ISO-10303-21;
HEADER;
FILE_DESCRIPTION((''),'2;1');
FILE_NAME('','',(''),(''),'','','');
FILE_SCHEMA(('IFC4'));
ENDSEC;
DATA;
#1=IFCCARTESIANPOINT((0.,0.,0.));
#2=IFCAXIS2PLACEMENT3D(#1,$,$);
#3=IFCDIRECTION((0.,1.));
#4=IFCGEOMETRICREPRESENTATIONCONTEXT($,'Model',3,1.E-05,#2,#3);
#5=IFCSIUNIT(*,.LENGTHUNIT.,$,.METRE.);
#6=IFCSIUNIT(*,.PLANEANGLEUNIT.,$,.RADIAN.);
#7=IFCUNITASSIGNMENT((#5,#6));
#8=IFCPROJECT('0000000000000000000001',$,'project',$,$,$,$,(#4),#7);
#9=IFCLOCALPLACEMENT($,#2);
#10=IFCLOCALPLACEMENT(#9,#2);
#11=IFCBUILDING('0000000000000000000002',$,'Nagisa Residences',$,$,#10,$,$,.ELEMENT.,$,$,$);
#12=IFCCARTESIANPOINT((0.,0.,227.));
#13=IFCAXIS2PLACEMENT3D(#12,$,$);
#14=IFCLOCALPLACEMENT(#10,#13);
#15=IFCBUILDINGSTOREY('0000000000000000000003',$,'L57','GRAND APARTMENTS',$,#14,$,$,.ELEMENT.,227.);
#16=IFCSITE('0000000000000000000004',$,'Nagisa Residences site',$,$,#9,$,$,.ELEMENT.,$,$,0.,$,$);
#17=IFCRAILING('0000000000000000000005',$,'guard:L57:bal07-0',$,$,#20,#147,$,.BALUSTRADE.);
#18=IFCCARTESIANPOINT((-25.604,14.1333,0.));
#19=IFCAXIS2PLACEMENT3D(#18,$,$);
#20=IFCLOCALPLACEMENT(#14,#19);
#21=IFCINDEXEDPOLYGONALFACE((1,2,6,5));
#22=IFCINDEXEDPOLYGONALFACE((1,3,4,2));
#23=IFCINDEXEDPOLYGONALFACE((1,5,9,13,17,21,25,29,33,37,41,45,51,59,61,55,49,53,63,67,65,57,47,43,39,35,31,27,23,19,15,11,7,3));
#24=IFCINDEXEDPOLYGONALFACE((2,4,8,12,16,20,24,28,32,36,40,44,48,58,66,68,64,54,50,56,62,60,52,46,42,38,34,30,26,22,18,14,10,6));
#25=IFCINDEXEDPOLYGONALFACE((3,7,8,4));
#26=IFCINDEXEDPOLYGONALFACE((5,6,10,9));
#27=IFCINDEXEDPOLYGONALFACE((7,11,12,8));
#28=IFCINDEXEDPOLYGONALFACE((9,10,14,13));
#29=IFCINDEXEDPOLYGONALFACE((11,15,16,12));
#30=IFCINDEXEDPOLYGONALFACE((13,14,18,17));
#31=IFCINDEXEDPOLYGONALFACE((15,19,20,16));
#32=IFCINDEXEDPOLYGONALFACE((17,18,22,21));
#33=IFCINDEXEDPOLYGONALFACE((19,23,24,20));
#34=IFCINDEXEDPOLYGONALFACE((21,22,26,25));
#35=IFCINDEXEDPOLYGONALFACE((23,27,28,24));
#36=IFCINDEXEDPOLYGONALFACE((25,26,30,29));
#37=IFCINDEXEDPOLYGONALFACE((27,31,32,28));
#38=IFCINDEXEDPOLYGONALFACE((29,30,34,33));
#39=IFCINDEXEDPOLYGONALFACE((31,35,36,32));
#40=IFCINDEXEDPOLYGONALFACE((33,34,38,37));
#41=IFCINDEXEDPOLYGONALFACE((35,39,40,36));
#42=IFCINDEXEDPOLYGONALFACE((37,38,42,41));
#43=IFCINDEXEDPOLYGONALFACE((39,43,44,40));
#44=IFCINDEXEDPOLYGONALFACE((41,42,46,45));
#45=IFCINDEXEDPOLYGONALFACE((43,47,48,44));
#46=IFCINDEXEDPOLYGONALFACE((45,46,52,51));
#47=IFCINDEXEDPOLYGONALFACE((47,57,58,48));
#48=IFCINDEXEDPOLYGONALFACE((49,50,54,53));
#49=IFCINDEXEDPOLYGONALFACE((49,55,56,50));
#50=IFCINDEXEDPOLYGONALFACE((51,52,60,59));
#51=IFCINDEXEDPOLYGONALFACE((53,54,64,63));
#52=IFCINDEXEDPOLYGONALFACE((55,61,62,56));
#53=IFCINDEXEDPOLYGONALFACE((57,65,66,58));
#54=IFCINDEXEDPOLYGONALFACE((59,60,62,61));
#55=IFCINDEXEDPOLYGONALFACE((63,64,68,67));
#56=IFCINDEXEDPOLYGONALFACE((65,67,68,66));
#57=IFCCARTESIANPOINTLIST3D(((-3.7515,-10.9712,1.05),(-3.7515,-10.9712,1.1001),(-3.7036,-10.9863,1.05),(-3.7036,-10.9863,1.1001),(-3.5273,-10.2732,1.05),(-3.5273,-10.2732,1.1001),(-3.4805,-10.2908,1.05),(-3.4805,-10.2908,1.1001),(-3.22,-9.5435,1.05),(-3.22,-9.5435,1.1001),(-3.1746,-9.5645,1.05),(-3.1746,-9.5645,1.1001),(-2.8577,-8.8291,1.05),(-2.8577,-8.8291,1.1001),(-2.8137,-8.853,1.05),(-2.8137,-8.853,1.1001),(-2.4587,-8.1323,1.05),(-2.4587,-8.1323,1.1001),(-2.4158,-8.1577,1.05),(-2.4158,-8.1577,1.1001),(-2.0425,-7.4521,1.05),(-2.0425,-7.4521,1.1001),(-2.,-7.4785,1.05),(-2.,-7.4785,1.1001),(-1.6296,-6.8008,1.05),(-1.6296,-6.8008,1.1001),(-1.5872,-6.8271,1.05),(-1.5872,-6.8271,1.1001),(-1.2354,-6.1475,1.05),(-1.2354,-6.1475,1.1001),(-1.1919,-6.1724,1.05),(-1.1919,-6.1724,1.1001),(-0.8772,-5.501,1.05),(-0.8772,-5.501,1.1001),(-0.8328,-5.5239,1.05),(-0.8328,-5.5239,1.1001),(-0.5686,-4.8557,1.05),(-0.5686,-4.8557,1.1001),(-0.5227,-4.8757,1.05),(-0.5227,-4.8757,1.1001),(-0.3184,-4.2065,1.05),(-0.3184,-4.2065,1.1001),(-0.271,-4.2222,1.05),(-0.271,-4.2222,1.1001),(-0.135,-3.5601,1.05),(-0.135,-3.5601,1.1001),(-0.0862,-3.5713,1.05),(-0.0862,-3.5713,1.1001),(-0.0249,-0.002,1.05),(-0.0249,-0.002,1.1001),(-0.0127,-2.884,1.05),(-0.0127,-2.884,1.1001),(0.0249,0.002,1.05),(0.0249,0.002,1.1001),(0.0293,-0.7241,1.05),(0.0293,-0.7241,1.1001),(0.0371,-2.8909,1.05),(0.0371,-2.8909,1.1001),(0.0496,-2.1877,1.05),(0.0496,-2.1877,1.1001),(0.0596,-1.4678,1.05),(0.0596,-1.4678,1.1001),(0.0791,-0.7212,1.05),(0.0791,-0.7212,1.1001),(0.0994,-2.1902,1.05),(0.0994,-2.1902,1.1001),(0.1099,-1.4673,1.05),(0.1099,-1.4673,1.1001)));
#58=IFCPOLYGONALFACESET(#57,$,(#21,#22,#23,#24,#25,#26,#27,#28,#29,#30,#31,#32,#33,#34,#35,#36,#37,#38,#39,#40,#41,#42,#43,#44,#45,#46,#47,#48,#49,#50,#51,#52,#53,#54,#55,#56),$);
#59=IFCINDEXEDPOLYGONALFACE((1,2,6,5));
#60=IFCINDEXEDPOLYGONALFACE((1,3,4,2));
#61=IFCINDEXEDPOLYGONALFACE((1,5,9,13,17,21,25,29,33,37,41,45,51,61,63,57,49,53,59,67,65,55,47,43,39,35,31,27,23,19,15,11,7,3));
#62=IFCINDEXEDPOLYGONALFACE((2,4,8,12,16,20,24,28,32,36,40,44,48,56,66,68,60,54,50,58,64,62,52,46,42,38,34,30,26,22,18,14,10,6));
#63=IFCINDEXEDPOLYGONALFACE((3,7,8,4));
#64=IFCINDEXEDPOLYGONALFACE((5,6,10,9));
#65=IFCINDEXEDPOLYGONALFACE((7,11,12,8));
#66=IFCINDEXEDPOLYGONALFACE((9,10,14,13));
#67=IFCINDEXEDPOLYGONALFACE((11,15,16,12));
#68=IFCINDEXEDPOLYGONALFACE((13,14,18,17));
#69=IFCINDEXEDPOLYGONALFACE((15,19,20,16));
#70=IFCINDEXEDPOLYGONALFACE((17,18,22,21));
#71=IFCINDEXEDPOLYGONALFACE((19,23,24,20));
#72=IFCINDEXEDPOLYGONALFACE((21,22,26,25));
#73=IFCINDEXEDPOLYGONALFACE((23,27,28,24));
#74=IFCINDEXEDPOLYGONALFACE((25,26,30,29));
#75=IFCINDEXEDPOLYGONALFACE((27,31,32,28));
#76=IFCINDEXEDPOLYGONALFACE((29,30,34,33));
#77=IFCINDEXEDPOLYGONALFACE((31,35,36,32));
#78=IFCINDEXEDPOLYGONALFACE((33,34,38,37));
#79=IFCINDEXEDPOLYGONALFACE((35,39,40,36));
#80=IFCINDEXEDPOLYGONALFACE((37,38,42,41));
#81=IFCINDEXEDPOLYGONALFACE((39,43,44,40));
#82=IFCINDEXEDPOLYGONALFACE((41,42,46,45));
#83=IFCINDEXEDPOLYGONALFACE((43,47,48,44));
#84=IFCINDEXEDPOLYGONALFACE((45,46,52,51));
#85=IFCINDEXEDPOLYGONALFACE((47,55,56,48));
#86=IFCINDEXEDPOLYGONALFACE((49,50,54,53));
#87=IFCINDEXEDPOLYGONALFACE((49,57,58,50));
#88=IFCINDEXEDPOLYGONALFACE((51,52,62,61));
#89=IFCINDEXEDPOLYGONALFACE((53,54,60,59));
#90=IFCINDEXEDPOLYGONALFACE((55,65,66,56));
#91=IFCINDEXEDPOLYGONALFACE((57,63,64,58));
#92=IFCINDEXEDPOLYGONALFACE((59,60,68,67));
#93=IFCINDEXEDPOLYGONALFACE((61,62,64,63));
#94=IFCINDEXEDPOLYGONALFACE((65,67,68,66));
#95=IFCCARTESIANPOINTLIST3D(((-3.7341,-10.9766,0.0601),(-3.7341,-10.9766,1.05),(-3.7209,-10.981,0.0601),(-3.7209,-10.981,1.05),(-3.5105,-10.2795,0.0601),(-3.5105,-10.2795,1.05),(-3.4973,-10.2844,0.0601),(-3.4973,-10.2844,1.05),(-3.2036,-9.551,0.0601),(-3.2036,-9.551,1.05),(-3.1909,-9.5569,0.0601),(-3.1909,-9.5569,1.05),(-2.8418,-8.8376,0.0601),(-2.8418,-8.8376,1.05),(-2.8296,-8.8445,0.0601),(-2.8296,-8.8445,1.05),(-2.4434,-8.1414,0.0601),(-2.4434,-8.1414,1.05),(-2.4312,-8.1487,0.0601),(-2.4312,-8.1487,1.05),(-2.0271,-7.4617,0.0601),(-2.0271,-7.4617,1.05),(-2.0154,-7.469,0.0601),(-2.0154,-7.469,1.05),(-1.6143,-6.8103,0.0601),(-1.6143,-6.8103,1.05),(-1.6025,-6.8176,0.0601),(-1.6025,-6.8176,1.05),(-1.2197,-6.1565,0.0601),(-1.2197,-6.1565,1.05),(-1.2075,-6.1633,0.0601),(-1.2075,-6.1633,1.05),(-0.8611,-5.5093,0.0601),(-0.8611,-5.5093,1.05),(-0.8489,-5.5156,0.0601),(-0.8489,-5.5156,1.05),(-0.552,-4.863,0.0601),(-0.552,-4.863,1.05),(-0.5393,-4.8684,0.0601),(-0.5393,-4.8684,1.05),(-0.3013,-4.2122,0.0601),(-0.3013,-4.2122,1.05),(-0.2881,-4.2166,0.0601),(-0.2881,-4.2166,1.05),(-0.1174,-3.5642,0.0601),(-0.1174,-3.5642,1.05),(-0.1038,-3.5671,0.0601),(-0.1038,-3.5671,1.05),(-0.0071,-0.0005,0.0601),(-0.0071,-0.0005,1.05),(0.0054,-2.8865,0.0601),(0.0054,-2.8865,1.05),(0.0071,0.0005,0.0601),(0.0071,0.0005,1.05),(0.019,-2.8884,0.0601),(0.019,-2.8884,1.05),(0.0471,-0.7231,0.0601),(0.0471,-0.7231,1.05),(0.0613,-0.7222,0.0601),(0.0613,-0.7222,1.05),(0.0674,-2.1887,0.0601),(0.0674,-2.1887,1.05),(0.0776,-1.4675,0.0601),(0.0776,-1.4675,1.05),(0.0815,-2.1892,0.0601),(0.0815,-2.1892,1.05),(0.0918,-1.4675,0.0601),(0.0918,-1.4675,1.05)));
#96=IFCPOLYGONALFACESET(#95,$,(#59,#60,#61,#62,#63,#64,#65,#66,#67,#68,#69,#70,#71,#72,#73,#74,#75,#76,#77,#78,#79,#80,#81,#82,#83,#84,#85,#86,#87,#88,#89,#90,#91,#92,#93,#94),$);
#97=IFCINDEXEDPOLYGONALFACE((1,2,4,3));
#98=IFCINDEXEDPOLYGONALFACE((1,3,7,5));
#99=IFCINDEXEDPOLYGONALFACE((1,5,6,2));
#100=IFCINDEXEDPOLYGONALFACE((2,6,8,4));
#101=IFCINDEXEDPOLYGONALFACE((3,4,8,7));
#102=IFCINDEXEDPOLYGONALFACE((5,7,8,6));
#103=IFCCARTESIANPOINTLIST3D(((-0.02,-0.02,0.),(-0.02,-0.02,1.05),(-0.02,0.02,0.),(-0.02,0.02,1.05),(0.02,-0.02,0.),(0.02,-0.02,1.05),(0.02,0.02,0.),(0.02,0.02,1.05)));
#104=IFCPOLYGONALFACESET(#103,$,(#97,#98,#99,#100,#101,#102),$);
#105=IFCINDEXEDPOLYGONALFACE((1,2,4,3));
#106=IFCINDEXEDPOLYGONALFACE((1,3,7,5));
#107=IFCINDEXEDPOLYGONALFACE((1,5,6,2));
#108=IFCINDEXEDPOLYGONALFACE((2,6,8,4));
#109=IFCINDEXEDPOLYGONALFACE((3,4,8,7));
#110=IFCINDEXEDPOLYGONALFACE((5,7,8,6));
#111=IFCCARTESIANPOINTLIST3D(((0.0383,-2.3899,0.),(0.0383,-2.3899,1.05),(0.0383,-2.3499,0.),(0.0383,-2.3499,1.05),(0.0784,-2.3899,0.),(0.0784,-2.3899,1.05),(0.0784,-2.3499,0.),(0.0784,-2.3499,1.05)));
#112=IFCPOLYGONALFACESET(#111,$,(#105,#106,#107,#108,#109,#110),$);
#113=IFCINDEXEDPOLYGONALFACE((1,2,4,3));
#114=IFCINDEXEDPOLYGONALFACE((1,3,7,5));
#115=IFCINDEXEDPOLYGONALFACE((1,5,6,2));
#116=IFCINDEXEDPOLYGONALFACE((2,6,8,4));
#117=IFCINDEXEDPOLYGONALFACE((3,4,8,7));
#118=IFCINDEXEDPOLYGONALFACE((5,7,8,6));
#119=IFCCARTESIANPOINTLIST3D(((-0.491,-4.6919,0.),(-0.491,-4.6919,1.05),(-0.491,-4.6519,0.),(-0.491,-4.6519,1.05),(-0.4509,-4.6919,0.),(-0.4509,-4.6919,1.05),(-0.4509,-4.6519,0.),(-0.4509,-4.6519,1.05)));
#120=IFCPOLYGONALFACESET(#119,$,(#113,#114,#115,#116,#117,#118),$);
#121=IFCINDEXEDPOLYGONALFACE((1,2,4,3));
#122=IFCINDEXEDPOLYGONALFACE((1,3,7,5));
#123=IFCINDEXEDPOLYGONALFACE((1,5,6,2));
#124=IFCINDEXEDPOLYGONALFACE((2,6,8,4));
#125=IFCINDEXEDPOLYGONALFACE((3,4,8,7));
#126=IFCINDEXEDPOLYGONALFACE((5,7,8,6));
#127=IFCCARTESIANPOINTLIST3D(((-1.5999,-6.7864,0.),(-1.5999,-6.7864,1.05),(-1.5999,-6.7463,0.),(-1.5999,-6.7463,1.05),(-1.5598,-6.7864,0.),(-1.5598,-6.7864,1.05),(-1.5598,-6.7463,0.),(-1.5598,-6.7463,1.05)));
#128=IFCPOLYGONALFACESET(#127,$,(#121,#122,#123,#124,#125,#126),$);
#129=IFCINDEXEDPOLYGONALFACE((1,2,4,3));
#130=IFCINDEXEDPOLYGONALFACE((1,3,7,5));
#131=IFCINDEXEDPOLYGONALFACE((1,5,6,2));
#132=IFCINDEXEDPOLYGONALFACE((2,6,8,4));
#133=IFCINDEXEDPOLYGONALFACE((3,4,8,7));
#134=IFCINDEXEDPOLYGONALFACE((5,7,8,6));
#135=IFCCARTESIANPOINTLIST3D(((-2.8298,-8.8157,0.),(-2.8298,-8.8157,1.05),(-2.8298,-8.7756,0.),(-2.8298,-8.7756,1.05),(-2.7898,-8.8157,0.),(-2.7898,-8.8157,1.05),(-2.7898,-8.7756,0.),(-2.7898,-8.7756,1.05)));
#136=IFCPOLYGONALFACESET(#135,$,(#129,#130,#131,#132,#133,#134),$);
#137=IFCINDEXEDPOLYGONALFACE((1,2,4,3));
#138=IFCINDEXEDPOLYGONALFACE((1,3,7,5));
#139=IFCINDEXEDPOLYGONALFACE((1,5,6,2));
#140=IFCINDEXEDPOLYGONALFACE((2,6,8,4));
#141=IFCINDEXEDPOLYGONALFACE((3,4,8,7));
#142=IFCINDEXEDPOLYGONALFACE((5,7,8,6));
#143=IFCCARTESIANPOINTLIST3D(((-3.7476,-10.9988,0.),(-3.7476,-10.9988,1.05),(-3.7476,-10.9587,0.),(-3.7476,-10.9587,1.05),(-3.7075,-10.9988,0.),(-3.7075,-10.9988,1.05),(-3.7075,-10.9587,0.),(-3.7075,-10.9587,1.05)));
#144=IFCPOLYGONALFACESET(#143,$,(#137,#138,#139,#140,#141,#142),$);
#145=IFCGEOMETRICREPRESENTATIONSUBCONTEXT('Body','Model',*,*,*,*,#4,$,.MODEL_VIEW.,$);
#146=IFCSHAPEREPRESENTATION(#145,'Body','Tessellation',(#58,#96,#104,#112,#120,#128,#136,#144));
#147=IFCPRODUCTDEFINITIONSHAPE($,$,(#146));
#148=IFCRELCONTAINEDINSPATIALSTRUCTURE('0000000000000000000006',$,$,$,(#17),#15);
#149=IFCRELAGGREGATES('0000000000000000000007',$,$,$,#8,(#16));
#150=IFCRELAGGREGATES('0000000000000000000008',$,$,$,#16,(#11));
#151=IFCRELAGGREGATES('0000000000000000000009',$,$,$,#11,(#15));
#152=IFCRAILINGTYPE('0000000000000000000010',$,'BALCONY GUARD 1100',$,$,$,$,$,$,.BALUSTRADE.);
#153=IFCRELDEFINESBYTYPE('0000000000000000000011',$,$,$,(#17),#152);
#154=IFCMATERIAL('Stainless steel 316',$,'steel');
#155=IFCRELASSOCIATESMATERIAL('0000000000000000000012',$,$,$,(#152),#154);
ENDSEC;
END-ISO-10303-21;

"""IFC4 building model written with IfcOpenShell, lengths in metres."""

from ifc_helpers import new_model, si_unit, direction, frame, origin, origin_2d, place, context, subcontext, project, spatial, polyline, rectangle, outline, extrude, material, type_object, element, save


model = new_model("IFC4")

# Units and contexts
model_context = context("Model", 3, precision=1e-05, world=origin(), true_north=direction((0.0, 1.0)))
body_context = subcontext(model_context, "Body", "Model", "MODEL_VIEW")
ifc_project = project(units=[si_unit("LENGTHUNIT", "METRE"), si_unit("PLANEANGLEUNIT", "RADIAN")], contexts=[model_context])

# Site, building, storey
site_placement = place(None, origin())
site = spatial("IfcSite", under=ifc_project, at=site_placement, Name="Nagisa Residences site", CompositionType="ELEMENT", RefElevation=0.0)
building_placement = place(site_placement, origin())
building = spatial("IfcBuilding", under=site, at=building_placement, Name="Nagisa Residences", CompositionType="ELEMENT")
storey_placement = place(building_placement, frame((0.0, 0.0, 227.0)))
storey = spatial("IfcBuildingStorey", under=building, at=storey_placement, Name="L57", Description="GRAND APARTMENTS", CompositionType="ELEMENT", Elevation=227.0)

# Railing
ifc_material_1 = material(Name="Stainless steel 316", Category="steel")
railing_type = type_object("IfcRailingType", Name="BALCONY GUARD 1100", PredefinedType="BALUSTRADE", material=ifc_material_1)
railing_1_placement = place(storey_placement, frame((-25.604, 14.1333, 0.0)))
element("IfcRailing", 1, at=railing_1_placement, inside=storey, type_object=railing_type, Name="guard:L57:bal07-0", PredefinedType="BALUSTRADE", context=body_context, shape_type="SweptSolid", body=[
    extrude(outline(polyline([(0.0791, -0.7212), (0.0249, 0.002), (-0.0249, -0.002), (0.0293, -0.7241), (0.0596, -1.4678), (0.0496, -2.1877), (-0.0127, -2.884), (-0.135, -3.5601), (-0.3184, -4.2065), (-0.5686, -4.8557), (-0.8772, -5.501), (-1.2354, -6.1475), (-1.6296, -6.8008), (-2.0425, -7.4521), (-2.4587, -8.1323), (-2.8577, -8.8291), (-3.22, -9.5435), (-3.5273, -10.2732), (-3.7515, -10.9712), (-3.7036, -10.9863), (-3.4805, -10.2908), (-3.1746, -9.5645), (-2.8137, -8.853), (-2.4158, -8.1577), (-2.0, -7.4785), (-1.5872, -6.8271), (-1.1919, -6.1724), (-0.8328, -5.5239), (-0.5227, -4.8757), (-0.271, -4.2222), (-0.0862, -3.5713), (0.0371, -2.8909), (0.0994, -2.1902), (0.1099, -1.4673), (0.0791, -0.7212)])), frame((0.0, 0.0, 1.05)), (0.0, 0.0, 1.0), 0.05),
    extrude(outline(polyline([(0.0613, -0.7222), (0.0071, 0.0005), (-0.0071, -0.0005), (0.0471, -0.7231), (0.0776, -1.4675), (0.0674, -2.1887), (0.0054, -2.8865), (-0.1174, -3.5642), (-0.3013, -4.2122), (-0.552, -4.863), (-0.8611, -5.5093), (-1.2197, -6.1565), (-1.6143, -6.8103), (-2.0271, -7.4617), (-2.4434, -8.1414), (-2.8418, -8.8376), (-3.2036, -9.551), (-3.5105, -10.2795), (-3.7341, -10.9766), (-3.7209, -10.981), (-3.4973, -10.2844), (-3.1909, -9.5569), (-2.8296, -8.8445), (-2.4312, -8.1487), (-2.0154, -7.469), (-1.6025, -6.8176), (-1.2075, -6.1633), (-0.8489, -5.5156), (-0.5393, -4.8684), (-0.2881, -4.2166), (-0.1038, -3.5671), (0.019, -2.8884), (0.0815, -2.1892), (0.0918, -1.4675), (0.0613, -0.7222)])), frame((0.0, 0.0, 0.0601)), (0.0, 0.0, 1.0), 0.99),
    extrude(rectangle(XDim=0.04, YDim=0.04, at=origin_2d()), origin(), (0.0, 0.0, 1.0), 1.05),
    extrude(rectangle(XDim=0.04, YDim=0.04, at=origin_2d()), frame((0.0583, -2.3699, 0.0)), (0.0, 0.0, 1.0), 1.05),
    extrude(rectangle(XDim=0.04, YDim=0.04, at=origin_2d()), frame((-0.4709, -4.6719, 0.0)), (0.0, 0.0, 1.0), 1.05),
    extrude(rectangle(XDim=0.04, YDim=0.04, at=origin_2d()), frame((-1.5798, -6.7664, 0.0)), (0.0, 0.0, 1.0), 1.05),
    extrude(rectangle(XDim=0.04, YDim=0.04, at=origin_2d()), frame((-2.8098, -8.7957, 0.0)), (0.0, 0.0, 1.0), 1.05),
    extrude(rectangle(XDim=0.04, YDim=0.04, at=origin_2d()), frame((-3.7275, -10.9788, 0.0)), (0.0, 0.0, 1.0), 1.05),
])

save(model, "model.ifc")
